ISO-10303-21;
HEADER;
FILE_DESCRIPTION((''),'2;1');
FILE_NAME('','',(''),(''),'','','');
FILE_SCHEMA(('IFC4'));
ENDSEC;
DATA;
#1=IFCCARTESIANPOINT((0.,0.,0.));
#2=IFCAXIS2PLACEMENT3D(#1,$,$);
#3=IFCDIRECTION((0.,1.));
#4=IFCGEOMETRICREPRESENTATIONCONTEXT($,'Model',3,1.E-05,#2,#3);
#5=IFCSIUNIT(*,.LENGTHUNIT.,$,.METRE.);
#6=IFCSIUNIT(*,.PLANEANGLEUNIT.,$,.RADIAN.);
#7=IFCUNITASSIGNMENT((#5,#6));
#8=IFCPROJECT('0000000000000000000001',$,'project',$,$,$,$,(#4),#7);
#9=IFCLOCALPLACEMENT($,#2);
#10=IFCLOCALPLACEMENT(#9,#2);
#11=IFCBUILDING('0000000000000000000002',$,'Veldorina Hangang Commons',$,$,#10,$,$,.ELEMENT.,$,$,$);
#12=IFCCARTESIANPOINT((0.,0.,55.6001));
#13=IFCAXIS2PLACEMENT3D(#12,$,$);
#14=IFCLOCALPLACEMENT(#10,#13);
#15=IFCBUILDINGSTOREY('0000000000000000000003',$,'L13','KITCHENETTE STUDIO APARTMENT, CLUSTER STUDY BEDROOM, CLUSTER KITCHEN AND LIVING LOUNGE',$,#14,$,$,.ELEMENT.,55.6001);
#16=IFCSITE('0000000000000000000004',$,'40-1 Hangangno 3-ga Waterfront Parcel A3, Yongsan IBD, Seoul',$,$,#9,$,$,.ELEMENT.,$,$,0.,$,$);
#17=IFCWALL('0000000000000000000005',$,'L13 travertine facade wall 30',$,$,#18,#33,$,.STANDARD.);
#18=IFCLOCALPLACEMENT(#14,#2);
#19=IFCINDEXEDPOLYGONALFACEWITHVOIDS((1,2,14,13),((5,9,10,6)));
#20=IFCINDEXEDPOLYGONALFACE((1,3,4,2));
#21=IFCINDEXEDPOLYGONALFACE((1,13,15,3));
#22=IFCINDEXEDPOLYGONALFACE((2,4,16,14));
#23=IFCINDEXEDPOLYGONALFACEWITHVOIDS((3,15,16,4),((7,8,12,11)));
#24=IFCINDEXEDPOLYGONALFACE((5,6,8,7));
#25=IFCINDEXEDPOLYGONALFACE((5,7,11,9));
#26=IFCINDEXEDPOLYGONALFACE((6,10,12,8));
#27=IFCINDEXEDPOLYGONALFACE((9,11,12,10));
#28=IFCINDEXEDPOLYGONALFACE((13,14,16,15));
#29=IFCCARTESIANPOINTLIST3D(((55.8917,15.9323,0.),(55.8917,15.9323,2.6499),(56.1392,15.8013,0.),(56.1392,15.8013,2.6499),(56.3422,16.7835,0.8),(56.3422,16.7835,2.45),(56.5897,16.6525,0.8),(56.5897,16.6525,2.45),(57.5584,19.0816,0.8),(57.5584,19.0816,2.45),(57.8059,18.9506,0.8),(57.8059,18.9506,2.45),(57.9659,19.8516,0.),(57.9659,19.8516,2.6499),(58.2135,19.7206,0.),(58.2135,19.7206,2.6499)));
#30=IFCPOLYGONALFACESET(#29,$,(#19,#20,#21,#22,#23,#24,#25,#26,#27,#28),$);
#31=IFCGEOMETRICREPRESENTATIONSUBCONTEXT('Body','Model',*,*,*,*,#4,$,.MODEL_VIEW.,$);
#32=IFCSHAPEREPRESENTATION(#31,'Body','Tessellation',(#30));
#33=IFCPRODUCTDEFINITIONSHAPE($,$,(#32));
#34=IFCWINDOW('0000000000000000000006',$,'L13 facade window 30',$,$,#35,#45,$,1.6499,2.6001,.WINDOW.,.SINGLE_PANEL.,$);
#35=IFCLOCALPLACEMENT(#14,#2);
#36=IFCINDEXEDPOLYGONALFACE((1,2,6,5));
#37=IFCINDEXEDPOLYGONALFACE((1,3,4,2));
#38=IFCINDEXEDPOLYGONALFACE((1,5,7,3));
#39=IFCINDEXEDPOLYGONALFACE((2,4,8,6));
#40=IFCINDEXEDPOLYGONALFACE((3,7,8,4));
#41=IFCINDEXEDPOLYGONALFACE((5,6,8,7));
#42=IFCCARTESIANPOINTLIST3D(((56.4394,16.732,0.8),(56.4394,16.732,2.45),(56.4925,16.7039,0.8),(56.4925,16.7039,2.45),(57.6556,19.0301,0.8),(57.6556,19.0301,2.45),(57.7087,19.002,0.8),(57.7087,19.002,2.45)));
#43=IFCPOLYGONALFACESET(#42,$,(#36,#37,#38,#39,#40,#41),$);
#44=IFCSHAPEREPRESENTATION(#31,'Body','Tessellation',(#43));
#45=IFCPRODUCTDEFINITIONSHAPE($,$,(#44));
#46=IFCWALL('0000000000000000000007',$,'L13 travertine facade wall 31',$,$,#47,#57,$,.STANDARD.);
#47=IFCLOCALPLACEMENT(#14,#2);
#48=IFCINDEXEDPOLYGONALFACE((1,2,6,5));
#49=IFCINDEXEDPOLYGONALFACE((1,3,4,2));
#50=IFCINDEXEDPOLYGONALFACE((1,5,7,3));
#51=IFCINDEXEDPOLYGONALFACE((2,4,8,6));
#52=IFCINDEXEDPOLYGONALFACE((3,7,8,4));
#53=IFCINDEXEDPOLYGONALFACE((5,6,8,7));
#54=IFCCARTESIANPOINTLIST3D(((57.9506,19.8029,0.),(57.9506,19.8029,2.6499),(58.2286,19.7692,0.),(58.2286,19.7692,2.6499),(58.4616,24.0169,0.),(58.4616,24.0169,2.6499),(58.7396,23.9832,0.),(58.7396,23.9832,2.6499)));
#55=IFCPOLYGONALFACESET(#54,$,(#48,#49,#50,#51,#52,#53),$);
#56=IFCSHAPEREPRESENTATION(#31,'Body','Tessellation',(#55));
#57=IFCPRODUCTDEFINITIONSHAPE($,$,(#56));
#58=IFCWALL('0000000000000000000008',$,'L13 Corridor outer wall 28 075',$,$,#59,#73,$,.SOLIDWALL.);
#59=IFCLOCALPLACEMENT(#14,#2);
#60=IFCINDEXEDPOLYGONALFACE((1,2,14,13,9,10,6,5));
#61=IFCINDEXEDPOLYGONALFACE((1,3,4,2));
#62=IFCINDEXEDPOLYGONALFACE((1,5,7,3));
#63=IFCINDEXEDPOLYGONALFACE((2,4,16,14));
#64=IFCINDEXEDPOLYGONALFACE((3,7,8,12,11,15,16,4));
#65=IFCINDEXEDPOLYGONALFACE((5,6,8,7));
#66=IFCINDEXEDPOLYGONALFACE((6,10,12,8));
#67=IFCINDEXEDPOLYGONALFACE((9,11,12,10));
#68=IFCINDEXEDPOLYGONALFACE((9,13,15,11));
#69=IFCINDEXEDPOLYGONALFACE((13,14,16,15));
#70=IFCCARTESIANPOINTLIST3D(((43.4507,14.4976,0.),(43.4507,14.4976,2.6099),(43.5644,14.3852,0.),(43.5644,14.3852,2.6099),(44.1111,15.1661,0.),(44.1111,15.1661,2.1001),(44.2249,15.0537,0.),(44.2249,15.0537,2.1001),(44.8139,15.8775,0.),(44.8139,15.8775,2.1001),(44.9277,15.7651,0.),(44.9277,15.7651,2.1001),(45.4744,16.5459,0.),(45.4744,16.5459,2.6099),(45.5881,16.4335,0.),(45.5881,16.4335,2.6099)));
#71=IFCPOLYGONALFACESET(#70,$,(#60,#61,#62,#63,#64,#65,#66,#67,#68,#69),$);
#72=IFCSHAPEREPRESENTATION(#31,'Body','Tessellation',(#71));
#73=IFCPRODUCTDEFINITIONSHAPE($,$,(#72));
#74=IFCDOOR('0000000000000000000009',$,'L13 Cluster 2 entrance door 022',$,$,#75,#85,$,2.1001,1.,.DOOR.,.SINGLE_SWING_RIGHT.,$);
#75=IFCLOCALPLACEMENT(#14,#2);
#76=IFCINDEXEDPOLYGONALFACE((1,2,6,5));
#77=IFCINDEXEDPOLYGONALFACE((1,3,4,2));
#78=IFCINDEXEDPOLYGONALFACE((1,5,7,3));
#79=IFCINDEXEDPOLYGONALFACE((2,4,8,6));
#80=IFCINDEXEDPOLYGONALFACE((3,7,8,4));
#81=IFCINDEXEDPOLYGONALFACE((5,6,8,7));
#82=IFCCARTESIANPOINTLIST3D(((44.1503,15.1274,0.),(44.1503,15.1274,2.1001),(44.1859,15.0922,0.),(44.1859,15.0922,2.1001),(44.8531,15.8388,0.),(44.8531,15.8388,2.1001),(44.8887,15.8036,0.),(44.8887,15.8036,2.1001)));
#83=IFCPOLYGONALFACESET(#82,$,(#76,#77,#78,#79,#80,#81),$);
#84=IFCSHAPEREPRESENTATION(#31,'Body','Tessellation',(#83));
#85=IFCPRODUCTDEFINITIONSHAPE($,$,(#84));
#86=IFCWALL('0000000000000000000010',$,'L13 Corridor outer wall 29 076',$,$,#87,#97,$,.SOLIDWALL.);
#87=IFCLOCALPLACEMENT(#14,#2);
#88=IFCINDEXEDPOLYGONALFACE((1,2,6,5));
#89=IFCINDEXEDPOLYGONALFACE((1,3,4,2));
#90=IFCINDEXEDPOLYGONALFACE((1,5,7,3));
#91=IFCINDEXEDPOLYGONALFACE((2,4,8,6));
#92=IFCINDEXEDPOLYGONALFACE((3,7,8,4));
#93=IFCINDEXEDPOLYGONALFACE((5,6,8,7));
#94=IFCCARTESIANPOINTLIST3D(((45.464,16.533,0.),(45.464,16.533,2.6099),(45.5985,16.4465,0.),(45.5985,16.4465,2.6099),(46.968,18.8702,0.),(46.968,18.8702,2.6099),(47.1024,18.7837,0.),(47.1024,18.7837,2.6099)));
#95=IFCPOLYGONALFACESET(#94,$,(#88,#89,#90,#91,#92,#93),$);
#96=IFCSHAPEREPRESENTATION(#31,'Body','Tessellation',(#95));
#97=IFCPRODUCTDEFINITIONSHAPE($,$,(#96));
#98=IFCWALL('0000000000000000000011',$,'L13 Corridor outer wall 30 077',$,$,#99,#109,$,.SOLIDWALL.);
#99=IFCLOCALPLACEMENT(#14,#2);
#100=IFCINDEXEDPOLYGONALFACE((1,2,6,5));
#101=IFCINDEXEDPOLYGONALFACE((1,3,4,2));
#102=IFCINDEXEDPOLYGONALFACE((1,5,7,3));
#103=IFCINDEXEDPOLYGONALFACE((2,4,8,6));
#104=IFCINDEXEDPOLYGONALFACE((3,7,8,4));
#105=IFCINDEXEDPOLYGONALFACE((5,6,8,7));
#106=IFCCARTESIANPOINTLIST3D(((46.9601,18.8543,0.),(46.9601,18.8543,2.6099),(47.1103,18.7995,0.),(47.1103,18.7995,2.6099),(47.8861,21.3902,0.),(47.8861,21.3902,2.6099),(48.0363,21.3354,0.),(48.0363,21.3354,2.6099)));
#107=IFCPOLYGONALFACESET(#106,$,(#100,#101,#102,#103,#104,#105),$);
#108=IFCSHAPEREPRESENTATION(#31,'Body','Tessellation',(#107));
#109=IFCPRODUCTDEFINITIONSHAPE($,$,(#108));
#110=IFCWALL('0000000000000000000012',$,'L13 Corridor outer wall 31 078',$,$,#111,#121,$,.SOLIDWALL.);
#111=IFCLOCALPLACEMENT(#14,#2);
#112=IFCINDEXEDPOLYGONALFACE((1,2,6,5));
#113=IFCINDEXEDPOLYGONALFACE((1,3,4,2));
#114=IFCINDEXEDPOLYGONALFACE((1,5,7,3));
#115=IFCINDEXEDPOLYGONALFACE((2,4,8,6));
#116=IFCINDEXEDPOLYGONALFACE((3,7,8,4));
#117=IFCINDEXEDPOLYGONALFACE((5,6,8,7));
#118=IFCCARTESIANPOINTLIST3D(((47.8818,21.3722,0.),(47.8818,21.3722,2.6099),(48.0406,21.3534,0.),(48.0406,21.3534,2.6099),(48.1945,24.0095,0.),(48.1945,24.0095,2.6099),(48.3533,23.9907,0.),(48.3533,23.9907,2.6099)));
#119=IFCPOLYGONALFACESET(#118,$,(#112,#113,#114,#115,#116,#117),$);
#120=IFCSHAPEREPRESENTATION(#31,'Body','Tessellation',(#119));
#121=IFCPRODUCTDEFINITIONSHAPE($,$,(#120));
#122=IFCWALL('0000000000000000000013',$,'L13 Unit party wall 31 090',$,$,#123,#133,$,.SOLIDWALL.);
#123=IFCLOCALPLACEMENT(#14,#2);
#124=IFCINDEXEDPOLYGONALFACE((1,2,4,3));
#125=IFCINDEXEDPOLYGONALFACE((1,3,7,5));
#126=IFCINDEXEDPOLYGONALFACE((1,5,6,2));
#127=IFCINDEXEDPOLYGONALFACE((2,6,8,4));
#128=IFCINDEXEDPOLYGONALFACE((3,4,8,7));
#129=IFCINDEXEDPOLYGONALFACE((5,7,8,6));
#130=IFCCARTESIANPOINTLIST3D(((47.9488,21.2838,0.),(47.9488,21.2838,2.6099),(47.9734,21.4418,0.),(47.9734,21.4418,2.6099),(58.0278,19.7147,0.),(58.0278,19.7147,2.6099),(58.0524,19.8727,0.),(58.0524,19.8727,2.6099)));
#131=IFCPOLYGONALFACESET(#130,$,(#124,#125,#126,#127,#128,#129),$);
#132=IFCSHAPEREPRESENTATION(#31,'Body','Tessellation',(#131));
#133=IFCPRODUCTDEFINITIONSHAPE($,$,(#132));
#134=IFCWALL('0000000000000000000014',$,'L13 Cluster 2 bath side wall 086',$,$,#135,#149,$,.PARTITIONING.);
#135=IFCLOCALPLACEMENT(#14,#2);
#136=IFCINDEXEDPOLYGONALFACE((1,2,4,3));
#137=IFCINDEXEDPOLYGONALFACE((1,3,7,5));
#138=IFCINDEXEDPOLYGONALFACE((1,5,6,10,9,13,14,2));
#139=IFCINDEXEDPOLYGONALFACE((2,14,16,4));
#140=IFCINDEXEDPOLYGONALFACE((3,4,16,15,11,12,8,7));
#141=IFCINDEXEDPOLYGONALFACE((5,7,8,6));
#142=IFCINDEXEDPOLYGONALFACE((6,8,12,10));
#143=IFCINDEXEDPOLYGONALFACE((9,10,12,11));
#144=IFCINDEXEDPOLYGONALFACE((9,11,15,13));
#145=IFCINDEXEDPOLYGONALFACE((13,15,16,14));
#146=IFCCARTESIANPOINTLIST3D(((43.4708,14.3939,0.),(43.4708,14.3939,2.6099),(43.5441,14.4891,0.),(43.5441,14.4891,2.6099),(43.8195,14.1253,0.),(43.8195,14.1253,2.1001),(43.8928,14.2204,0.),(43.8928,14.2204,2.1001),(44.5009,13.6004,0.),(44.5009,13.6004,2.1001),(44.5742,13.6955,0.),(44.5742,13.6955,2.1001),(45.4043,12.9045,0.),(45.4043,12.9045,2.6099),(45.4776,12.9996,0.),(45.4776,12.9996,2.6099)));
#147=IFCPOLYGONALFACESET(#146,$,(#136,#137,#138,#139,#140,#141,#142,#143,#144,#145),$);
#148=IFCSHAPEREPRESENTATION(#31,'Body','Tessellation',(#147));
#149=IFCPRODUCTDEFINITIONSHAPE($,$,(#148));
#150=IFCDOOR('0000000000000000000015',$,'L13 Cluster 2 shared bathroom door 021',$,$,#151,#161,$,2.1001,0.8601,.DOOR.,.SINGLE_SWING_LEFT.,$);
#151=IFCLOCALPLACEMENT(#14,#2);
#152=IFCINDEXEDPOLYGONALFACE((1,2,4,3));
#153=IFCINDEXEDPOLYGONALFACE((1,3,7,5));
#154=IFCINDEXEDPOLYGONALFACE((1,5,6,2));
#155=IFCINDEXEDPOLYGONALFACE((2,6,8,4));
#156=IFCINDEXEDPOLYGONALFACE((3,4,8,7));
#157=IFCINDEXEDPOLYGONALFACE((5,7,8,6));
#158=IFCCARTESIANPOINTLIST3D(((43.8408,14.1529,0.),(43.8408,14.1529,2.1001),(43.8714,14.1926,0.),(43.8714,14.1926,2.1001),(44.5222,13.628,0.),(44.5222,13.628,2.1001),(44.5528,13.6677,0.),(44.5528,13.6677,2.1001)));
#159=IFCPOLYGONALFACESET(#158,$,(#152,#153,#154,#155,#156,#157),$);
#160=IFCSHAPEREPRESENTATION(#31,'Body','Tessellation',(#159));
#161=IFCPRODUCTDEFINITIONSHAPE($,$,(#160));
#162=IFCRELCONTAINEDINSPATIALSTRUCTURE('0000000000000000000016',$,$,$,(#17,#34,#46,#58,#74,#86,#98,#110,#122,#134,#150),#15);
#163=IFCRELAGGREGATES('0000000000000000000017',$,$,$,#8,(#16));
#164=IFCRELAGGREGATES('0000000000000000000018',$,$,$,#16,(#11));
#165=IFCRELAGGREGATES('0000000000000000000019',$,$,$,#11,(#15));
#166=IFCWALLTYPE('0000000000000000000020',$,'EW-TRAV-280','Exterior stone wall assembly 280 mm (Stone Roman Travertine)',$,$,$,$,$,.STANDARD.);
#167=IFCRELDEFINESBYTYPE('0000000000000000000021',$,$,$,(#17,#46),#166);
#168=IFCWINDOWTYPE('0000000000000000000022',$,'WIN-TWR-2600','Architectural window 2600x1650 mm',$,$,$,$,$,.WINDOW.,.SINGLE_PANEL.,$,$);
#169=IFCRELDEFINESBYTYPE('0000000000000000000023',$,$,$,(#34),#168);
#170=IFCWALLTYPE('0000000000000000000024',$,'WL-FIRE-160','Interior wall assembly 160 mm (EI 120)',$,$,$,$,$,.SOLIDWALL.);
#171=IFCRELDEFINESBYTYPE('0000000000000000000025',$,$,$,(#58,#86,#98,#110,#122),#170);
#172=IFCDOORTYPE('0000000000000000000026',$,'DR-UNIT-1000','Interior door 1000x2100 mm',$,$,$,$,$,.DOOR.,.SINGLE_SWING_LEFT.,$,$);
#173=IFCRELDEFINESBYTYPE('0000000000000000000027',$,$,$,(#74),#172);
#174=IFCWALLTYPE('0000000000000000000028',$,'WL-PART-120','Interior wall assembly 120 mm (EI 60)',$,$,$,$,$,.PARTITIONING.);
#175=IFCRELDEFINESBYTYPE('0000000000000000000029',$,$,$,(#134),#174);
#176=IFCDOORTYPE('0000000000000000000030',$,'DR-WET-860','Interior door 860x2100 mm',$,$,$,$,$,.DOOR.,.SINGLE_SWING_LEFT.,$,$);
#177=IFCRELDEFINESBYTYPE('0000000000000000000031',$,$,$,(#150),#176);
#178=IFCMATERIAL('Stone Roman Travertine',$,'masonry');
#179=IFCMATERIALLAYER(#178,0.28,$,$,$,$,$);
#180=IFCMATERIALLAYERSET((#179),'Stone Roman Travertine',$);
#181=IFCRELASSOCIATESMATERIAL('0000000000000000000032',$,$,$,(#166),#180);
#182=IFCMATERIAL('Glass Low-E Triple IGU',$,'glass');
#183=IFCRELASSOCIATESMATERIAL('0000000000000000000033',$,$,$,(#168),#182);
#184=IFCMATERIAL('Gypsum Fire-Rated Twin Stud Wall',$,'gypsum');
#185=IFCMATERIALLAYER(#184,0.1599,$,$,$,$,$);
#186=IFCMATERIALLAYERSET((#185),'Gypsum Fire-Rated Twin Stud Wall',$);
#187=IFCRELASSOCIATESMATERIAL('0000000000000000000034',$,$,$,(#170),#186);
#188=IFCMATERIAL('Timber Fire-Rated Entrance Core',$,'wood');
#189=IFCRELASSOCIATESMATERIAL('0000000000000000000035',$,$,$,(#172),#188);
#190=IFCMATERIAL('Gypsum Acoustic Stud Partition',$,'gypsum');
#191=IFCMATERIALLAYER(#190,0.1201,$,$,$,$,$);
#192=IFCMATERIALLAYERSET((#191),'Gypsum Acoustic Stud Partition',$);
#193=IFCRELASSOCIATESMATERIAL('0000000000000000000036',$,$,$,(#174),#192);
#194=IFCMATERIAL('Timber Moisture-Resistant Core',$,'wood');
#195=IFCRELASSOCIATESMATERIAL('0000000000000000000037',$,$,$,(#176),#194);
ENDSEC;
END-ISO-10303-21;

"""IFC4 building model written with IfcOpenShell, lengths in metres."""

from ifc_helpers import new_model, si_unit, direction, frame, frame_2d, origin, place, context, subcontext, project, spatial, rectangle, extrude, material, layer, layer_set, type_object, element, fill, save


model = new_model("IFC4")

# Units and contexts
model_context = context("Model", 3, precision=1e-05, world=origin(), true_north=direction((0.0, 1.0)))
body_context = subcontext(model_context, "Body", "Model", "MODEL_VIEW")
ifc_project = project(units=[si_unit("LENGTHUNIT", "METRE"), si_unit("PLANEANGLEUNIT", "RADIAN")], contexts=[model_context])

# Site, building, storey
site_placement = place(None, origin())
site = spatial("IfcSite", under=ifc_project, at=site_placement, Name="40-1 Hangangno 3-ga Waterfront Parcel A3, Yongsan IBD, Seoul", CompositionType="ELEMENT", RefElevation=0.0)
building_placement = place(site_placement, origin())
building = spatial("IfcBuilding", under=site, at=building_placement, Name="Veldorina Hangang Commons", CompositionType="ELEMENT")
storey_placement = place(building_placement, frame((0.0, 0.0, 55.6001)))
storey = spatial("IfcBuildingStorey", under=building, at=storey_placement, Name="L13", Description="KITCHENETTE STUDIO APARTMENT, CLUSTER STUDY BEDROOM, CLUSTER KITCHEN AND LIVING LOUNGE", CompositionType="ELEMENT", Elevation=55.6001)

# Shared definitions
ifc_material_1 = material(Name="Glass Low-E Triple IGU", Category="glass")

# Wall, opening, window
ifc_material_2 = material(Name="Stone Roman Travertine", Category="masonry")
ifc_layer_1 = layer(ifc_material_2, 0.28)
ifc_layer_set_1 = layer_set([ifc_layer_1], Name="Stone Roman Travertine")
wall_type_1 = type_object("IfcWallType", Name="EW-TRAV-280", Description="Exterior stone wall assembly 280 mm (Stone Roman Travertine)", PredefinedType="STANDARD", material=ifc_layer_set_1)
wall_1_placement = place(storey_placement, frame((56.0154, 15.8667, 0.0), z_axis=(0.0, 0.0, 1.0), x_axis=(0.467774, 0.883848, 0.0)))
wall_1 = element("IfcWall", 1, at=wall_1_placement, inside=storey, type_object=wall_type_1, Name="L13 travertine facade wall 30", PredefinedType="STANDARD", context=body_context, shape_type="SweptSolid", body=[
    extrude(rectangle(XDim=4.4343, YDim=0.28, at=frame_2d((2.2173, 0.0))), origin(), (0.0, 0.0, 1.0), 2.6499),
])
opening_1_placement = place(wall_1_placement, frame((0.9631, 0.0, 0.8)))
opening_1 = element("IfcOpeningElement", 2, at=opening_1_placement, cuts=wall_1, PredefinedType="OPENING", context=body_context, shape_type="SweptSolid", body=[
    extrude(rectangle(XDim=2.6001, YDim=1.6499, at=frame_2d((1.3, 0.825))), frame((0.0, 0.1499, 0.0), z_axis=(0.0, -1.0, 0.0), x_axis=(1.0, 0.0, 0.0)), (0.0, 0.0, 1.0), 0.3),
])
window_type = type_object("IfcWindowType", Name="WIN-TWR-2600", Description="Architectural window 2600x1650 mm", PartitioningType="SINGLE_PANEL", PredefinedType="WINDOW", material=ifc_material_1)
window_placement = place(opening_1_placement, origin())
window = element("IfcWindow", 3, at=window_placement, inside=storey, type_object=window_type, Name="L13 facade window 30", OverallHeight=1.6499, OverallWidth=2.6001, PartitioningType="SINGLE_PANEL", PredefinedType="WINDOW", context=body_context, shape_type="SweptSolid", body=[
    extrude(rectangle(XDim=2.6001, YDim=1.6499, at=frame_2d((1.3, 0.825))), frame((0.0, 0.03, 0.0), z_axis=(0.0, -1.0, 0.0), x_axis=(1.0, 0.0, 0.0)), (0.0, 0.0, 1.0), 0.0601),
])
fill(opening_1, window)

# Wall
wall_2_placement = place(storey_placement, frame((58.0896, 19.7859, 0.0), z_axis=(0.0, 0.0, 1.0), x_axis=(0.120374, 0.992729, 0.0)))
element("IfcWall", 4, at=wall_2_placement, inside=storey, type_object=wall_type_1, Name="L13 travertine facade wall 31", PredefinedType="STANDARD", context=body_context, shape_type="SweptSolid", body=[
    extrude(rectangle(XDim=4.2449, YDim=0.28, at=frame_2d((2.1226, 0.0))), origin(), (0.0, 0.0, 1.0), 2.6499),
])

# Wall, opening, door
ifc_material_3 = material(Name="Gypsum Fire-Rated Twin Stud Wall", Category="gypsum")
ifc_layer_2 = layer(ifc_material_3, 0.1599)
ifc_layer_set_2 = layer_set([ifc_layer_2], Name="Gypsum Fire-Rated Twin Stud Wall")
wall_type_2 = type_object("IfcWallType", Name="WL-FIRE-160", Description="Interior wall assembly 160 mm (EI 120)", PredefinedType="SOLIDWALL", material=ifc_layer_set_2)
wall_3_placement = place(storey_placement, frame((43.5076, 14.4414, 0.0), z_axis=(0.0, 0.0, 1.0), x_axis=(0.702812, 0.711376, 0.0)))
wall_3 = element("IfcWall", 5, at=wall_3_placement, inside=storey, type_object=wall_type_2, Name="L13 Corridor outer wall 28 075", PredefinedType="SOLIDWALL", context=body_context, shape_type="SweptSolid", body=[
    extrude(rectangle(XDim=2.8794, YDim=0.1599, at=frame_2d((1.4397, 0.0))), origin(), (0.0, 0.0, 1.0), 2.6099),
])
opening_2_placement = place(wall_3_placement, frame((0.9397, 0.0, 0.0)))
opening_2 = element("IfcOpeningElement", 6, at=opening_2_placement, cuts=wall_3, PredefinedType="OPENING", context=body_context, shape_type="SweptSolid", body=[
    extrude(rectangle(XDim=1.0, YDim=2.1001, at=frame_2d((0.5, 1.05))), frame((0.0, 0.0898, 0.0), z_axis=(0.0, -1.0, 0.0), x_axis=(1.0, 0.0, 0.0)), (0.0, 0.0, 1.0), 0.1799),
])
ifc_material_4 = material(Name="Timber Fire-Rated Entrance Core", Category="wood")
door_type_1 = type_object("IfcDoorType", Name="DR-UNIT-1000", Description="Interior door 1000x2100 mm", OperationType="SINGLE_SWING_LEFT", PredefinedType="DOOR", material=ifc_material_4)
door_1_placement = place(opening_2_placement, origin())
door_1 = element("IfcDoor", 7, at=door_1_placement, inside=storey, type_object=door_type_1, Name="L13 Cluster 2 entrance door 022", OperationType="SINGLE_SWING_RIGHT", OverallHeight=2.1001, OverallWidth=1.0, PredefinedType="DOOR", context=body_context, shape_type="SweptSolid", body=[
    extrude(rectangle(XDim=1.0, YDim=2.1001, at=frame_2d((0.5, 1.05))), frame((0.0, 0.0249, 0.0), z_axis=(0.0, -1.0, 0.0), x_axis=(1.0, 0.0, 0.0)), (0.0, 0.0, 1.0), 0.05),
])
fill(opening_2, door_1)

# Walls
wall_4_placement = place(storey_placement, frame((45.5312, 16.4897, 0.0), z_axis=(0.0, 0.0, 1.0), x_axis=(0.541126, 0.840941, 0.0)))
element("IfcWall", 8, at=wall_4_placement, inside=storey, type_object=wall_type_2, Name="L13 Corridor outer wall 29 076", PredefinedType="SOLIDWALL", context=body_context, shape_type="SweptSolid", body=[
    extrude(rectangle(XDim=2.7793, YDim=0.1599, at=frame_2d((1.3896, 0.0))), origin(), (0.0, 0.0, 1.0), 2.6099),
])
wall_5_placement = place(storey_placement, frame((47.0352, 18.8269, 0.0), z_axis=(0.0, 0.0, 1.0), x_axis=(0.343013, 0.93933, 0.0)))
element("IfcWall", 9, at=wall_5_placement, inside=storey, type_object=wall_type_2, Name="L13 Corridor outer wall 30 077", PredefinedType="SOLIDWALL", context=body_context, shape_type="SweptSolid", body=[
    extrude(rectangle(XDim=2.6997, YDim=0.1599, at=frame_2d((1.3499, 0.0))), origin(), (0.0, 0.0, 1.0), 2.6099),
])
wall_6_placement = place(storey_placement, frame((47.9612, 21.3628, 0.0), z_axis=(0.0, 0.0, 1.0), x_axis=(0.117764, 0.993042, 0.0)))
element("IfcWall", 10, at=wall_6_placement, inside=storey, type_object=wall_type_2, Name="L13 Corridor outer wall 31 078", PredefinedType="SOLIDWALL", context=body_context, shape_type="SweptSolid", body=[
    extrude(rectangle(XDim=2.6558, YDim=0.1599, at=frame_2d((1.3279, 0.0))), origin(), (0.0, 0.0, 1.0), 2.6099),
])
wall_7_placement = place(storey_placement, frame((47.9612, 21.3628, 0.0), z_axis=(0.0, 0.0, 1.0), x_axis=(0.988098, -0.153825, 0.0)))
element("IfcWall", 11, at=wall_7_placement, inside=storey, type_object=wall_type_2, Name="L13 Unit party wall 31 090", PredefinedType="SOLIDWALL", context=body_context, shape_type="SweptSolid", body=[
    extrude(rectangle(XDim=10.2004, YDim=0.1599, at=frame_2d((5.1001, 0.0))), origin(), (0.0, 0.0, 1.0), 2.6099),
])

# Wall, opening, door
ifc_material_5 = material(Name="Gypsum Acoustic Stud Partition", Category="gypsum")
ifc_layer_3 = layer(ifc_material_5, 0.1201)
ifc_layer_set_3 = layer_set([ifc_layer_3], Name="Gypsum Acoustic Stud Partition")
wall_type_3 = type_object("IfcWallType", Name="WL-PART-120", Description="Interior wall assembly 120 mm (EI 60)", PredefinedType="PARTITIONING", material=ifc_layer_set_3)
wall_8_placement = place(storey_placement, frame((43.5076, 14.4414, 0.0), z_axis=(0.0, 0.0, 1.0), x_axis=(0.792204, -0.610257, 0.0)))
wall_8 = element("IfcWall", 12, at=wall_8_placement, inside=storey, type_object=wall_type_3, Name="L13 Cluster 2 bath side wall 086", PredefinedType="PARTITIONING", context=body_context, shape_type="SweptSolid", body=[
    extrude(rectangle(XDim=2.4407, YDim=0.1201, at=frame_2d((1.2202, 0.0))), origin(), (0.0, 0.0, 1.0), 2.6099),
])
opening_3_placement = place(wall_8_placement, frame((0.4399, 0.0, 0.0)))
opening_3 = element("IfcOpeningElement", 13, at=opening_3_placement, cuts=wall_8, PredefinedType="OPENING", context=body_context, shape_type="SweptSolid", body=[
    extrude(rectangle(XDim=0.8601, YDim=2.1001, at=frame_2d((0.4302, 1.05))), frame((0.0, 0.0701, 0.0), z_axis=(0.0, -1.0, 0.0), x_axis=(1.0, 0.0, 0.0)), (0.0, 0.0, 1.0), 0.1401),
])
ifc_material_6 = material(Name="Timber Moisture-Resistant Core", Category="wood")
door_type_2 = type_object("IfcDoorType", Name="DR-WET-860", Description="Interior door 860x2100 mm", OperationType="SINGLE_SWING_LEFT", PredefinedType="DOOR", material=ifc_material_6)
door_2_placement = place(opening_3_placement, origin())
door_2 = element("IfcDoor", 14, at=door_2_placement, inside=storey, type_object=door_type_2, Name="L13 Cluster 2 shared bathroom door 021", OperationType="SINGLE_SWING_LEFT", OverallHeight=2.1001, OverallWidth=0.8601, PredefinedType="DOOR", context=body_context, shape_type="SweptSolid", body=[
    extrude(rectangle(XDim=0.8601, YDim=2.1001, at=frame_2d((0.4302, 1.05))), frame((0.0, 0.0249, 0.0), z_axis=(0.0, -1.0, 0.0), x_axis=(1.0, 0.0, 0.0)), (0.0, 0.0, 1.0), 0.05),
])
fill(opening_3, door_2)

save(model, "model.ifc")
